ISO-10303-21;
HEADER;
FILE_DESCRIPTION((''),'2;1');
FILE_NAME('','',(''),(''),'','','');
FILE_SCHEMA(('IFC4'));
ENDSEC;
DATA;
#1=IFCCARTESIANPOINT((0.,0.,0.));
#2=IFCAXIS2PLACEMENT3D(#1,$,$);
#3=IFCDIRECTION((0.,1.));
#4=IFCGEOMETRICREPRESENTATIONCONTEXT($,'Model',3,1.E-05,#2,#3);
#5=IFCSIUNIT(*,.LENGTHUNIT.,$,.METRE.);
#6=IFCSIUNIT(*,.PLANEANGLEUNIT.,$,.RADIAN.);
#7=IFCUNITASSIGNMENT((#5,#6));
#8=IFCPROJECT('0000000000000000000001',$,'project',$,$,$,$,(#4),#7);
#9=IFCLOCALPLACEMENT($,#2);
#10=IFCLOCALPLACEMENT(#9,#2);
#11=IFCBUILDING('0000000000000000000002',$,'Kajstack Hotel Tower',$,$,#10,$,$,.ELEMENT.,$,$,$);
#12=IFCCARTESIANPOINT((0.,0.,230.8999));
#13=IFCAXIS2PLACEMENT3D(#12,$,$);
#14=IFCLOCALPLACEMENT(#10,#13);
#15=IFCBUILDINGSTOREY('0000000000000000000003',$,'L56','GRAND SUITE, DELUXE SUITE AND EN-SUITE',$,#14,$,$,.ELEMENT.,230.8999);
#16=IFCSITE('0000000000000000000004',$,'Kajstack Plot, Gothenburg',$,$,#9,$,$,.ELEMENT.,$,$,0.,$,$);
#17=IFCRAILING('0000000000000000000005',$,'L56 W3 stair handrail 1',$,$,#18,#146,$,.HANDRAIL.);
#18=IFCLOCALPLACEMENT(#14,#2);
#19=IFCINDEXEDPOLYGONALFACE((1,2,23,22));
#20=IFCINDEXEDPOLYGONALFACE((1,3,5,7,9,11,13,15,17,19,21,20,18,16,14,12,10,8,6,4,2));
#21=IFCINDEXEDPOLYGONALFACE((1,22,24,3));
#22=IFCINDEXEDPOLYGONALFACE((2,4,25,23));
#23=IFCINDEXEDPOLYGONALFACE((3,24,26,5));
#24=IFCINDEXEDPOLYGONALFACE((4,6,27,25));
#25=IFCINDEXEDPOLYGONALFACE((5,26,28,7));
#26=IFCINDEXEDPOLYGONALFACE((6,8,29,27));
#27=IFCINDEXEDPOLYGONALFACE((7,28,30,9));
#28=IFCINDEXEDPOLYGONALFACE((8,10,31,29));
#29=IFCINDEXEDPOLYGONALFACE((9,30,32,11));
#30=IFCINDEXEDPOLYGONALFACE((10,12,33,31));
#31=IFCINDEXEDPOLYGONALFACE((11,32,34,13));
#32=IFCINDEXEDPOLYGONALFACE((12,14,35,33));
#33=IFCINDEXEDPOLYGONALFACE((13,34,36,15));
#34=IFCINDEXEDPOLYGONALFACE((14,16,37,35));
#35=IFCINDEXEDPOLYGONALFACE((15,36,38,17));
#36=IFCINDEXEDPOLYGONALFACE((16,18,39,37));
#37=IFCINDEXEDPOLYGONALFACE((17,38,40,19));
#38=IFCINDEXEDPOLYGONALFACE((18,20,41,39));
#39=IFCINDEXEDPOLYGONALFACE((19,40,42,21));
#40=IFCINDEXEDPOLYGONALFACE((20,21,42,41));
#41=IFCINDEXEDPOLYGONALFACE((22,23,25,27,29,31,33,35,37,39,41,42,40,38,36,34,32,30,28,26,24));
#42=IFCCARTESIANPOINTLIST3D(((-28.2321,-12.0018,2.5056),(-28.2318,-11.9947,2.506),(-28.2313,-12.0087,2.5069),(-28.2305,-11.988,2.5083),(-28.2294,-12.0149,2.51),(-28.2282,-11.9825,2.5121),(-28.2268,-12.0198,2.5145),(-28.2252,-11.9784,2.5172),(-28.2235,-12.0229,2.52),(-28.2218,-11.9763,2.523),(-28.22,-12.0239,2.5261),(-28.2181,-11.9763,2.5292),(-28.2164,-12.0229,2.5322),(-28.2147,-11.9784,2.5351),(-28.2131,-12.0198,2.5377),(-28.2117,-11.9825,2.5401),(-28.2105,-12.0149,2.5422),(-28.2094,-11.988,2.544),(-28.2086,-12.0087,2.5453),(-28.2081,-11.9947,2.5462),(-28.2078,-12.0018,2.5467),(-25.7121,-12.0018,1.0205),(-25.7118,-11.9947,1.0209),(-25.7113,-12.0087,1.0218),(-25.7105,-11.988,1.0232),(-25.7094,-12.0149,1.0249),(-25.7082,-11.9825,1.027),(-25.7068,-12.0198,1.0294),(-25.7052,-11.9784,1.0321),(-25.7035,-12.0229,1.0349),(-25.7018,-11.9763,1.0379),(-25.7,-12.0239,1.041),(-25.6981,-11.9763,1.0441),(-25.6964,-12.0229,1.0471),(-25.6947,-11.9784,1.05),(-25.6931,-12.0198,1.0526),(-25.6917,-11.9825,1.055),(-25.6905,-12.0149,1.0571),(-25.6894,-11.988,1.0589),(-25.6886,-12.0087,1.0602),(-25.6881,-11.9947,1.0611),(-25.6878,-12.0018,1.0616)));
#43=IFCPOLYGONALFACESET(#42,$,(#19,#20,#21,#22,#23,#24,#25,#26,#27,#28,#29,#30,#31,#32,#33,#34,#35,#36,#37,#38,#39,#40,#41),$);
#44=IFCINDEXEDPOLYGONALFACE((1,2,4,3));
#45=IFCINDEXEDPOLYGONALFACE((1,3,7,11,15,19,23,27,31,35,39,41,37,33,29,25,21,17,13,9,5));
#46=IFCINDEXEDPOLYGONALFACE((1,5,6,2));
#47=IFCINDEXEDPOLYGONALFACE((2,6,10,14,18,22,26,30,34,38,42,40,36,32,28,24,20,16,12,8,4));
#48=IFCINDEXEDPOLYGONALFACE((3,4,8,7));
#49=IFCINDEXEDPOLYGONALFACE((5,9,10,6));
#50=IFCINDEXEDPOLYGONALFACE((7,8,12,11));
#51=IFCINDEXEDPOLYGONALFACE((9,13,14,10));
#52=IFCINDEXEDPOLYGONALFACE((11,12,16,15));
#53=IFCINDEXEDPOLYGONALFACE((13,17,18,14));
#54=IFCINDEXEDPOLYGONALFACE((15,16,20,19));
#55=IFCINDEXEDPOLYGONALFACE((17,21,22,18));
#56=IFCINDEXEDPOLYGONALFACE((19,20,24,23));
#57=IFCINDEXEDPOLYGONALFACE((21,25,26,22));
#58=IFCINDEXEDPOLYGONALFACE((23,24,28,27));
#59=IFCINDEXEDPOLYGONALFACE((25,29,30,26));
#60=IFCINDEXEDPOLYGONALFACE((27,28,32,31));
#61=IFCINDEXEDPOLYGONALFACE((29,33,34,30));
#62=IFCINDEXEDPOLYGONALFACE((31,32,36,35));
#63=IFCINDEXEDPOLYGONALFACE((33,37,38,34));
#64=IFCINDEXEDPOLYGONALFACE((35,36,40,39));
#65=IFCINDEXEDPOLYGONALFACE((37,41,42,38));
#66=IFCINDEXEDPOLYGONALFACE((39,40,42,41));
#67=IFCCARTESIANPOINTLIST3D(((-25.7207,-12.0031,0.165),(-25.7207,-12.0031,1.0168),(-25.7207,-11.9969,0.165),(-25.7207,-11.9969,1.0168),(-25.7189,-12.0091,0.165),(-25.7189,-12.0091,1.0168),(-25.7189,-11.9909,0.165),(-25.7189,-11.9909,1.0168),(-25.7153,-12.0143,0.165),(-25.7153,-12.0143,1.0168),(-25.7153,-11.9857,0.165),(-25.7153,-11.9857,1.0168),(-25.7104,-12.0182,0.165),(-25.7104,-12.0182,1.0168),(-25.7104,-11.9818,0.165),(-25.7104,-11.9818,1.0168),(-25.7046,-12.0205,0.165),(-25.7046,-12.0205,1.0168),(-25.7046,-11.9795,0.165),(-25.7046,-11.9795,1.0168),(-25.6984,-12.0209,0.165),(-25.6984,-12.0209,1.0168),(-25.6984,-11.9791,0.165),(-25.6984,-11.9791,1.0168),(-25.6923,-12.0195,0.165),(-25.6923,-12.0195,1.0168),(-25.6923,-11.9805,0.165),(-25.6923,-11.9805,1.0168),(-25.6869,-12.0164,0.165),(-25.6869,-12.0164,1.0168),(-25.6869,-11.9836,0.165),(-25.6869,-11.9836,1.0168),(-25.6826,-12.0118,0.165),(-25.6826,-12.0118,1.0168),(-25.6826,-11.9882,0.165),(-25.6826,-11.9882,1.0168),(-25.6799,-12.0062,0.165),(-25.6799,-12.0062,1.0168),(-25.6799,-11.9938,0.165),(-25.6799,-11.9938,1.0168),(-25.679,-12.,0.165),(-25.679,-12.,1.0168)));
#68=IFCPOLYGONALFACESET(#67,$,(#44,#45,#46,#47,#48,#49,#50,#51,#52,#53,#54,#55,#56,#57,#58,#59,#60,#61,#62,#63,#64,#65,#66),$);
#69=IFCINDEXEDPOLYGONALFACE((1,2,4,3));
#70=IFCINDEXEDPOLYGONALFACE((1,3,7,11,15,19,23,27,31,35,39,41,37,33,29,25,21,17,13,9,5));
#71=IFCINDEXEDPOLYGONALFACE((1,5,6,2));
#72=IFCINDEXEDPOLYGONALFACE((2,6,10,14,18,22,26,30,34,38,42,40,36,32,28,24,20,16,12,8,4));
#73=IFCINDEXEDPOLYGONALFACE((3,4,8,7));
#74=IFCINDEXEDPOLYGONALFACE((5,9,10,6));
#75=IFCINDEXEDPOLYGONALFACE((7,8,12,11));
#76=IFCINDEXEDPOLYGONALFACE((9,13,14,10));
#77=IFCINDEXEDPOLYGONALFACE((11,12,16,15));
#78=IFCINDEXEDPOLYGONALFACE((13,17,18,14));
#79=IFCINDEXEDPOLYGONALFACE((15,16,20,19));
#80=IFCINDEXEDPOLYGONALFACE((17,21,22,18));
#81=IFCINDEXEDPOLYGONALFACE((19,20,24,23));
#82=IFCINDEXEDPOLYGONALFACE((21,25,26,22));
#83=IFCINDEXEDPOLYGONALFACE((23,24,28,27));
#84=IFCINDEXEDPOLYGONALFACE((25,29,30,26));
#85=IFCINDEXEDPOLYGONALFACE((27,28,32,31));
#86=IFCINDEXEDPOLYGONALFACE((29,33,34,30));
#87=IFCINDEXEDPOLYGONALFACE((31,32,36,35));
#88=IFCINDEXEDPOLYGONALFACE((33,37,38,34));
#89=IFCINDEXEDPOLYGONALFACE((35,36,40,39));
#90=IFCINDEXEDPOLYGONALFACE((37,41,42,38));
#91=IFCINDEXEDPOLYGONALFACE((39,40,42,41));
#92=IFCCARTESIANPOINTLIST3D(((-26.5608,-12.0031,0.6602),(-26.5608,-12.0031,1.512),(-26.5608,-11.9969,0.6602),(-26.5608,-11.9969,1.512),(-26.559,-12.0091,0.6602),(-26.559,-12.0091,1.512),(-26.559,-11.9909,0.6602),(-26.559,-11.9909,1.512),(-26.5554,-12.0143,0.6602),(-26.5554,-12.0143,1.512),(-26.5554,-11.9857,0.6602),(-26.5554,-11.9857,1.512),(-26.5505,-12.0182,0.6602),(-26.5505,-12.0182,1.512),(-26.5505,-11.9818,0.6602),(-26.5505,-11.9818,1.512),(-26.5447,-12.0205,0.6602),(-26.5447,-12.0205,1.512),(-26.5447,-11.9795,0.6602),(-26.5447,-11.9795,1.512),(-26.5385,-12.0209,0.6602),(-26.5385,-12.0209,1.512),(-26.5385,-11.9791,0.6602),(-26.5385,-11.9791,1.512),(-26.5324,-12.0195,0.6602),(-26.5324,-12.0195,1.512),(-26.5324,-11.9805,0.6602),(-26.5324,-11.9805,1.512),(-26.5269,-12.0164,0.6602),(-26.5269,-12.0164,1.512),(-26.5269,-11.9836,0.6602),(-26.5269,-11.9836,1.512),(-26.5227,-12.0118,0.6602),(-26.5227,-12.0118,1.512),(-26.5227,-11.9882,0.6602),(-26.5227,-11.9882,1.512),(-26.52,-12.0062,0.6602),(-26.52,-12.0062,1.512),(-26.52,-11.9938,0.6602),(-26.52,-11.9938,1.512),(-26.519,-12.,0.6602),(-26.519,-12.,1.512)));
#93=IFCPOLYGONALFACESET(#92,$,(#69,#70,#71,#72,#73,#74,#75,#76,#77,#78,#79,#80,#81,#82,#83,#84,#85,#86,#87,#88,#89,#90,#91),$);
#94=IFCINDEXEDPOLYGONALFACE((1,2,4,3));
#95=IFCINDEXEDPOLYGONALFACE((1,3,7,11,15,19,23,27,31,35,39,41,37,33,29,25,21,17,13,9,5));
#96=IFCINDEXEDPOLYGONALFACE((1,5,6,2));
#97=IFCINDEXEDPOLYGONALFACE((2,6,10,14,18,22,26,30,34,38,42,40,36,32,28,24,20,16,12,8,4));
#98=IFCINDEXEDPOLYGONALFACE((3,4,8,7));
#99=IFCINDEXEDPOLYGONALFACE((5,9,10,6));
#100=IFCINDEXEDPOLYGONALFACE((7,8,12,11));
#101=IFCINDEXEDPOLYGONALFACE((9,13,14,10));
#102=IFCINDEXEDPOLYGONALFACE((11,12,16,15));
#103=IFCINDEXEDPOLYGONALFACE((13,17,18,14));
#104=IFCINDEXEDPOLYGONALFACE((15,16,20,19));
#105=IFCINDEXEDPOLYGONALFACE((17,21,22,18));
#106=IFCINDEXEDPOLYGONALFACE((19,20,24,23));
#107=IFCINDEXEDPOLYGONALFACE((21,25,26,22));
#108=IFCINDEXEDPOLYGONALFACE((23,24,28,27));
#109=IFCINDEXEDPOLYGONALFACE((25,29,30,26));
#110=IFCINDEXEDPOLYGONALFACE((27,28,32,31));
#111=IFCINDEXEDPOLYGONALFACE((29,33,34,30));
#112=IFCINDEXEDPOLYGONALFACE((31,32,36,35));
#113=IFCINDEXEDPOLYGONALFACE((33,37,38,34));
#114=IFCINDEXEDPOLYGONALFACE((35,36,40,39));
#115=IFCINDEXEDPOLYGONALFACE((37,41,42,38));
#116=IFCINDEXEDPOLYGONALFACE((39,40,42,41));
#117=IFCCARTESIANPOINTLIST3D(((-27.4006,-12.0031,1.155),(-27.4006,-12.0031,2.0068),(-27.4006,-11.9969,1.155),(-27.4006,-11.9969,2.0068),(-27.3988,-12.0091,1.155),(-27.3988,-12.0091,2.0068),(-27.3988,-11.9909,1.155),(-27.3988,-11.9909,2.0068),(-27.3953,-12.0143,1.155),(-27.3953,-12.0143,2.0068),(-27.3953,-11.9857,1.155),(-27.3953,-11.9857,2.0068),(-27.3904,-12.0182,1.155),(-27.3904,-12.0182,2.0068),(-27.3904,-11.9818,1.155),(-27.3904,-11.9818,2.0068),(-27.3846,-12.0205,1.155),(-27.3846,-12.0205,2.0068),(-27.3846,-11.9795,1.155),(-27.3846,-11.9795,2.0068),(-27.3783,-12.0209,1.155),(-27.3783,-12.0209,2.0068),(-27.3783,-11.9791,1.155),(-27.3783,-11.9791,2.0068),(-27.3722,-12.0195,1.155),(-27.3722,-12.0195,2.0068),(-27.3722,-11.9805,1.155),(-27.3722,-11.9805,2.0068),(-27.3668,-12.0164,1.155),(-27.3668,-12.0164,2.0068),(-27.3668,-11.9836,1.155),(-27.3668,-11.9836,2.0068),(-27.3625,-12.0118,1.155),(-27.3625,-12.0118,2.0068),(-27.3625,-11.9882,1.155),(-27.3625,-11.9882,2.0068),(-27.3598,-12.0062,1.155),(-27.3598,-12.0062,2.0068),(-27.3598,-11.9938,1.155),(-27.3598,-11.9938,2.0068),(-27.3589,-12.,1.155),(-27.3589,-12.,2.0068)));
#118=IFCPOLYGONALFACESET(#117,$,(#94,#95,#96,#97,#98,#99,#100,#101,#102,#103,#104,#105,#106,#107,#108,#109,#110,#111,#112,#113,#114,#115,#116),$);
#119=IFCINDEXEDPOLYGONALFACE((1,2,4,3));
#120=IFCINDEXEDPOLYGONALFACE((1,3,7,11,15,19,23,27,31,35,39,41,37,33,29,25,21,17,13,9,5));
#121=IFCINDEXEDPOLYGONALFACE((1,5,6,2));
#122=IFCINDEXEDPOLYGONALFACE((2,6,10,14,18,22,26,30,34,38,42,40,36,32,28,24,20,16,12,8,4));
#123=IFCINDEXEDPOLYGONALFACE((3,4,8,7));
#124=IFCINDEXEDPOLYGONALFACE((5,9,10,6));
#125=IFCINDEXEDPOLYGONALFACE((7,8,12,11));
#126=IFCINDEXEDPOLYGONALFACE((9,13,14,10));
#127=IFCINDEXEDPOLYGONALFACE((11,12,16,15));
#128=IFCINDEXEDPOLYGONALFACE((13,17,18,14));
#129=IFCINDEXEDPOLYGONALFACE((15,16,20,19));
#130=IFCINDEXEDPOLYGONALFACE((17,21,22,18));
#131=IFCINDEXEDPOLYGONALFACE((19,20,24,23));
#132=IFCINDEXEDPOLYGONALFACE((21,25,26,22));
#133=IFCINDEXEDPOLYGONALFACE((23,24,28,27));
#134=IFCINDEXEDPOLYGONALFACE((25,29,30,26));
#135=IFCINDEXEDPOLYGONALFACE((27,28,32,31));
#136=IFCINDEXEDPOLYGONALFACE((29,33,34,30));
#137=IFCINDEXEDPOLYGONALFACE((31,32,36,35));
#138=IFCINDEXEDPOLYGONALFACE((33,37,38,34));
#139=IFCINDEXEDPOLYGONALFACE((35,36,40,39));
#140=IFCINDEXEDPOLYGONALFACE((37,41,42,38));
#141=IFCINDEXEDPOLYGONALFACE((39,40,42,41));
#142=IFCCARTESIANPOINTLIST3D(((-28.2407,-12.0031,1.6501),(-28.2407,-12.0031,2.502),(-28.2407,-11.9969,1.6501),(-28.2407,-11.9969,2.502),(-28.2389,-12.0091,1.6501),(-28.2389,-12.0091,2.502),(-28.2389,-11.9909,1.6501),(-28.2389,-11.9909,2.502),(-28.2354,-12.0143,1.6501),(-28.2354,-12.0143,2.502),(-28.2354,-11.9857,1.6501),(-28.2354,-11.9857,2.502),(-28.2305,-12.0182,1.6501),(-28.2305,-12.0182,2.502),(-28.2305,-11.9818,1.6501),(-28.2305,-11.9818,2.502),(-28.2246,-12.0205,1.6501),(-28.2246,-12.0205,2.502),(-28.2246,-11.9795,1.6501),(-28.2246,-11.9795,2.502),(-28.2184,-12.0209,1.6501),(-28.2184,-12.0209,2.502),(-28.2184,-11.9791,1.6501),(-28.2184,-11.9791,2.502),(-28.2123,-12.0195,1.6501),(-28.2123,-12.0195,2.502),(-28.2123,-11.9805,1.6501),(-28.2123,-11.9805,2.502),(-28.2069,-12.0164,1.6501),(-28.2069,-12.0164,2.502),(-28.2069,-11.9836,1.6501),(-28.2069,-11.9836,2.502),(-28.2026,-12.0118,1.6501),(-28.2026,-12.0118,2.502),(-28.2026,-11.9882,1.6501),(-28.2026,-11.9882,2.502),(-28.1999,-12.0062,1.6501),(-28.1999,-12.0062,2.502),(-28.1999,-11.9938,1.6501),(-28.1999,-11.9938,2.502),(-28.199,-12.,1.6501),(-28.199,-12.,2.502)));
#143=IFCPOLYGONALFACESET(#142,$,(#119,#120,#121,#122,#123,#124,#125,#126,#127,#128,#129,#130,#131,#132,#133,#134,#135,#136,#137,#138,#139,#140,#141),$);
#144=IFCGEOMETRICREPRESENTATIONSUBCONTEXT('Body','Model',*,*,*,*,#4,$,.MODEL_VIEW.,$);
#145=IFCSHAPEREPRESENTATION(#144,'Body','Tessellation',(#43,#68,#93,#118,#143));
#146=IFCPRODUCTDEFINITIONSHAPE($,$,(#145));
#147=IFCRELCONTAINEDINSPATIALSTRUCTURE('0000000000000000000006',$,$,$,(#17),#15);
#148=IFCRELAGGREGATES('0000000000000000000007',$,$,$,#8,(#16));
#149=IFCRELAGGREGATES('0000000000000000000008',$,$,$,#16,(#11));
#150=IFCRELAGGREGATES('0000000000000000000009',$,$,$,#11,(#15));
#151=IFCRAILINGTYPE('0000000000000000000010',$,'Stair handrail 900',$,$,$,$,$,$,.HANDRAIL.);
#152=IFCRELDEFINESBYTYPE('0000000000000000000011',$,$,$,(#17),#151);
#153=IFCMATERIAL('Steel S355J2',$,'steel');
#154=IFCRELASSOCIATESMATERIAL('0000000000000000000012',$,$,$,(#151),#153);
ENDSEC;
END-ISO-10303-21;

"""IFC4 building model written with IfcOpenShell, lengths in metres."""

from ifc_helpers import new_model, si_unit, direction, frame, origin, origin_2d, place, context, subcontext, project, spatial, circle, extrude, material, type_object, element, save


model = new_model("IFC4")

# Units and contexts
model_context = context("Model", 3, precision=1e-05, world=origin(), true_north=direction((0.0, 1.0)))
body_context = subcontext(model_context, "Body", "Model", "MODEL_VIEW")
ifc_project = project(units=[si_unit("LENGTHUNIT", "METRE"), si_unit("PLANEANGLEUNIT", "RADIAN")], contexts=[model_context])

# Site, building, storey
site_placement = place(None, origin())
site = spatial("IfcSite", under=ifc_project, at=site_placement, Name="Kajstack Plot, Gothenburg", CompositionType="ELEMENT", RefElevation=0.0)
building_placement = place(site_placement, origin())
building = spatial("IfcBuilding", under=site, at=building_placement, Name="Kajstack Hotel Tower", CompositionType="ELEMENT")
storey_placement = place(building_placement, frame((0.0, 0.0, 230.8999)))
storey = spatial("IfcBuildingStorey", under=building, at=storey_placement, Name="L56", Description="GRAND SUITE, DELUXE SUITE AND EN-SUITE", CompositionType="ELEMENT", Elevation=230.8999)

# Railing
ifc_material_1 = material(Name="Steel S355J2", Category="steel")
railing_type_1 = type_object("IfcRailingType", Name="Stair handrail 900", PredefinedType="HANDRAIL", material=ifc_material_1)
railing_1_placement = place(storey_placement, frame((-25.7, -12.0, 0.165)))
element("IfcRailing", 1, at=railing_1_placement, inside=storey, type_object=railing_type_1, Name="L56 W3 stair handrail 1", PredefinedType="HANDRAIL", context=body_context, shape_type="SweptSolid", body=[
    extrude(circle(Radius=0.0239, at=origin_2d()), frame((0.0, 0.0, 0.876), z_axis=(-0.861524, 0.0, 0.507717), x_axis=(0.0, -1.0, 0.0)), (0.0, 0.0, 1.0), 2.925),
    extrude(circle(Radius=0.021, at=origin_2d()), origin(), (0.0, 0.0, 1.0), 0.8518),
    extrude(circle(Radius=0.021, at=origin_2d()), frame((-0.8401, 0.0, 0.4951)), (0.0, 0.0, 1.0), 0.8518),
    extrude(circle(Radius=0.021, at=origin_2d()), frame((-1.6799, 0.0, 0.99)), (0.0, 0.0, 1.0), 0.8518),
    extrude(circle(Radius=0.021, at=origin_2d()), frame((-2.52, 0.0, 1.4851)), (0.0, 0.0, 1.0), 0.8518),
])

save(model, "model.ifc")
